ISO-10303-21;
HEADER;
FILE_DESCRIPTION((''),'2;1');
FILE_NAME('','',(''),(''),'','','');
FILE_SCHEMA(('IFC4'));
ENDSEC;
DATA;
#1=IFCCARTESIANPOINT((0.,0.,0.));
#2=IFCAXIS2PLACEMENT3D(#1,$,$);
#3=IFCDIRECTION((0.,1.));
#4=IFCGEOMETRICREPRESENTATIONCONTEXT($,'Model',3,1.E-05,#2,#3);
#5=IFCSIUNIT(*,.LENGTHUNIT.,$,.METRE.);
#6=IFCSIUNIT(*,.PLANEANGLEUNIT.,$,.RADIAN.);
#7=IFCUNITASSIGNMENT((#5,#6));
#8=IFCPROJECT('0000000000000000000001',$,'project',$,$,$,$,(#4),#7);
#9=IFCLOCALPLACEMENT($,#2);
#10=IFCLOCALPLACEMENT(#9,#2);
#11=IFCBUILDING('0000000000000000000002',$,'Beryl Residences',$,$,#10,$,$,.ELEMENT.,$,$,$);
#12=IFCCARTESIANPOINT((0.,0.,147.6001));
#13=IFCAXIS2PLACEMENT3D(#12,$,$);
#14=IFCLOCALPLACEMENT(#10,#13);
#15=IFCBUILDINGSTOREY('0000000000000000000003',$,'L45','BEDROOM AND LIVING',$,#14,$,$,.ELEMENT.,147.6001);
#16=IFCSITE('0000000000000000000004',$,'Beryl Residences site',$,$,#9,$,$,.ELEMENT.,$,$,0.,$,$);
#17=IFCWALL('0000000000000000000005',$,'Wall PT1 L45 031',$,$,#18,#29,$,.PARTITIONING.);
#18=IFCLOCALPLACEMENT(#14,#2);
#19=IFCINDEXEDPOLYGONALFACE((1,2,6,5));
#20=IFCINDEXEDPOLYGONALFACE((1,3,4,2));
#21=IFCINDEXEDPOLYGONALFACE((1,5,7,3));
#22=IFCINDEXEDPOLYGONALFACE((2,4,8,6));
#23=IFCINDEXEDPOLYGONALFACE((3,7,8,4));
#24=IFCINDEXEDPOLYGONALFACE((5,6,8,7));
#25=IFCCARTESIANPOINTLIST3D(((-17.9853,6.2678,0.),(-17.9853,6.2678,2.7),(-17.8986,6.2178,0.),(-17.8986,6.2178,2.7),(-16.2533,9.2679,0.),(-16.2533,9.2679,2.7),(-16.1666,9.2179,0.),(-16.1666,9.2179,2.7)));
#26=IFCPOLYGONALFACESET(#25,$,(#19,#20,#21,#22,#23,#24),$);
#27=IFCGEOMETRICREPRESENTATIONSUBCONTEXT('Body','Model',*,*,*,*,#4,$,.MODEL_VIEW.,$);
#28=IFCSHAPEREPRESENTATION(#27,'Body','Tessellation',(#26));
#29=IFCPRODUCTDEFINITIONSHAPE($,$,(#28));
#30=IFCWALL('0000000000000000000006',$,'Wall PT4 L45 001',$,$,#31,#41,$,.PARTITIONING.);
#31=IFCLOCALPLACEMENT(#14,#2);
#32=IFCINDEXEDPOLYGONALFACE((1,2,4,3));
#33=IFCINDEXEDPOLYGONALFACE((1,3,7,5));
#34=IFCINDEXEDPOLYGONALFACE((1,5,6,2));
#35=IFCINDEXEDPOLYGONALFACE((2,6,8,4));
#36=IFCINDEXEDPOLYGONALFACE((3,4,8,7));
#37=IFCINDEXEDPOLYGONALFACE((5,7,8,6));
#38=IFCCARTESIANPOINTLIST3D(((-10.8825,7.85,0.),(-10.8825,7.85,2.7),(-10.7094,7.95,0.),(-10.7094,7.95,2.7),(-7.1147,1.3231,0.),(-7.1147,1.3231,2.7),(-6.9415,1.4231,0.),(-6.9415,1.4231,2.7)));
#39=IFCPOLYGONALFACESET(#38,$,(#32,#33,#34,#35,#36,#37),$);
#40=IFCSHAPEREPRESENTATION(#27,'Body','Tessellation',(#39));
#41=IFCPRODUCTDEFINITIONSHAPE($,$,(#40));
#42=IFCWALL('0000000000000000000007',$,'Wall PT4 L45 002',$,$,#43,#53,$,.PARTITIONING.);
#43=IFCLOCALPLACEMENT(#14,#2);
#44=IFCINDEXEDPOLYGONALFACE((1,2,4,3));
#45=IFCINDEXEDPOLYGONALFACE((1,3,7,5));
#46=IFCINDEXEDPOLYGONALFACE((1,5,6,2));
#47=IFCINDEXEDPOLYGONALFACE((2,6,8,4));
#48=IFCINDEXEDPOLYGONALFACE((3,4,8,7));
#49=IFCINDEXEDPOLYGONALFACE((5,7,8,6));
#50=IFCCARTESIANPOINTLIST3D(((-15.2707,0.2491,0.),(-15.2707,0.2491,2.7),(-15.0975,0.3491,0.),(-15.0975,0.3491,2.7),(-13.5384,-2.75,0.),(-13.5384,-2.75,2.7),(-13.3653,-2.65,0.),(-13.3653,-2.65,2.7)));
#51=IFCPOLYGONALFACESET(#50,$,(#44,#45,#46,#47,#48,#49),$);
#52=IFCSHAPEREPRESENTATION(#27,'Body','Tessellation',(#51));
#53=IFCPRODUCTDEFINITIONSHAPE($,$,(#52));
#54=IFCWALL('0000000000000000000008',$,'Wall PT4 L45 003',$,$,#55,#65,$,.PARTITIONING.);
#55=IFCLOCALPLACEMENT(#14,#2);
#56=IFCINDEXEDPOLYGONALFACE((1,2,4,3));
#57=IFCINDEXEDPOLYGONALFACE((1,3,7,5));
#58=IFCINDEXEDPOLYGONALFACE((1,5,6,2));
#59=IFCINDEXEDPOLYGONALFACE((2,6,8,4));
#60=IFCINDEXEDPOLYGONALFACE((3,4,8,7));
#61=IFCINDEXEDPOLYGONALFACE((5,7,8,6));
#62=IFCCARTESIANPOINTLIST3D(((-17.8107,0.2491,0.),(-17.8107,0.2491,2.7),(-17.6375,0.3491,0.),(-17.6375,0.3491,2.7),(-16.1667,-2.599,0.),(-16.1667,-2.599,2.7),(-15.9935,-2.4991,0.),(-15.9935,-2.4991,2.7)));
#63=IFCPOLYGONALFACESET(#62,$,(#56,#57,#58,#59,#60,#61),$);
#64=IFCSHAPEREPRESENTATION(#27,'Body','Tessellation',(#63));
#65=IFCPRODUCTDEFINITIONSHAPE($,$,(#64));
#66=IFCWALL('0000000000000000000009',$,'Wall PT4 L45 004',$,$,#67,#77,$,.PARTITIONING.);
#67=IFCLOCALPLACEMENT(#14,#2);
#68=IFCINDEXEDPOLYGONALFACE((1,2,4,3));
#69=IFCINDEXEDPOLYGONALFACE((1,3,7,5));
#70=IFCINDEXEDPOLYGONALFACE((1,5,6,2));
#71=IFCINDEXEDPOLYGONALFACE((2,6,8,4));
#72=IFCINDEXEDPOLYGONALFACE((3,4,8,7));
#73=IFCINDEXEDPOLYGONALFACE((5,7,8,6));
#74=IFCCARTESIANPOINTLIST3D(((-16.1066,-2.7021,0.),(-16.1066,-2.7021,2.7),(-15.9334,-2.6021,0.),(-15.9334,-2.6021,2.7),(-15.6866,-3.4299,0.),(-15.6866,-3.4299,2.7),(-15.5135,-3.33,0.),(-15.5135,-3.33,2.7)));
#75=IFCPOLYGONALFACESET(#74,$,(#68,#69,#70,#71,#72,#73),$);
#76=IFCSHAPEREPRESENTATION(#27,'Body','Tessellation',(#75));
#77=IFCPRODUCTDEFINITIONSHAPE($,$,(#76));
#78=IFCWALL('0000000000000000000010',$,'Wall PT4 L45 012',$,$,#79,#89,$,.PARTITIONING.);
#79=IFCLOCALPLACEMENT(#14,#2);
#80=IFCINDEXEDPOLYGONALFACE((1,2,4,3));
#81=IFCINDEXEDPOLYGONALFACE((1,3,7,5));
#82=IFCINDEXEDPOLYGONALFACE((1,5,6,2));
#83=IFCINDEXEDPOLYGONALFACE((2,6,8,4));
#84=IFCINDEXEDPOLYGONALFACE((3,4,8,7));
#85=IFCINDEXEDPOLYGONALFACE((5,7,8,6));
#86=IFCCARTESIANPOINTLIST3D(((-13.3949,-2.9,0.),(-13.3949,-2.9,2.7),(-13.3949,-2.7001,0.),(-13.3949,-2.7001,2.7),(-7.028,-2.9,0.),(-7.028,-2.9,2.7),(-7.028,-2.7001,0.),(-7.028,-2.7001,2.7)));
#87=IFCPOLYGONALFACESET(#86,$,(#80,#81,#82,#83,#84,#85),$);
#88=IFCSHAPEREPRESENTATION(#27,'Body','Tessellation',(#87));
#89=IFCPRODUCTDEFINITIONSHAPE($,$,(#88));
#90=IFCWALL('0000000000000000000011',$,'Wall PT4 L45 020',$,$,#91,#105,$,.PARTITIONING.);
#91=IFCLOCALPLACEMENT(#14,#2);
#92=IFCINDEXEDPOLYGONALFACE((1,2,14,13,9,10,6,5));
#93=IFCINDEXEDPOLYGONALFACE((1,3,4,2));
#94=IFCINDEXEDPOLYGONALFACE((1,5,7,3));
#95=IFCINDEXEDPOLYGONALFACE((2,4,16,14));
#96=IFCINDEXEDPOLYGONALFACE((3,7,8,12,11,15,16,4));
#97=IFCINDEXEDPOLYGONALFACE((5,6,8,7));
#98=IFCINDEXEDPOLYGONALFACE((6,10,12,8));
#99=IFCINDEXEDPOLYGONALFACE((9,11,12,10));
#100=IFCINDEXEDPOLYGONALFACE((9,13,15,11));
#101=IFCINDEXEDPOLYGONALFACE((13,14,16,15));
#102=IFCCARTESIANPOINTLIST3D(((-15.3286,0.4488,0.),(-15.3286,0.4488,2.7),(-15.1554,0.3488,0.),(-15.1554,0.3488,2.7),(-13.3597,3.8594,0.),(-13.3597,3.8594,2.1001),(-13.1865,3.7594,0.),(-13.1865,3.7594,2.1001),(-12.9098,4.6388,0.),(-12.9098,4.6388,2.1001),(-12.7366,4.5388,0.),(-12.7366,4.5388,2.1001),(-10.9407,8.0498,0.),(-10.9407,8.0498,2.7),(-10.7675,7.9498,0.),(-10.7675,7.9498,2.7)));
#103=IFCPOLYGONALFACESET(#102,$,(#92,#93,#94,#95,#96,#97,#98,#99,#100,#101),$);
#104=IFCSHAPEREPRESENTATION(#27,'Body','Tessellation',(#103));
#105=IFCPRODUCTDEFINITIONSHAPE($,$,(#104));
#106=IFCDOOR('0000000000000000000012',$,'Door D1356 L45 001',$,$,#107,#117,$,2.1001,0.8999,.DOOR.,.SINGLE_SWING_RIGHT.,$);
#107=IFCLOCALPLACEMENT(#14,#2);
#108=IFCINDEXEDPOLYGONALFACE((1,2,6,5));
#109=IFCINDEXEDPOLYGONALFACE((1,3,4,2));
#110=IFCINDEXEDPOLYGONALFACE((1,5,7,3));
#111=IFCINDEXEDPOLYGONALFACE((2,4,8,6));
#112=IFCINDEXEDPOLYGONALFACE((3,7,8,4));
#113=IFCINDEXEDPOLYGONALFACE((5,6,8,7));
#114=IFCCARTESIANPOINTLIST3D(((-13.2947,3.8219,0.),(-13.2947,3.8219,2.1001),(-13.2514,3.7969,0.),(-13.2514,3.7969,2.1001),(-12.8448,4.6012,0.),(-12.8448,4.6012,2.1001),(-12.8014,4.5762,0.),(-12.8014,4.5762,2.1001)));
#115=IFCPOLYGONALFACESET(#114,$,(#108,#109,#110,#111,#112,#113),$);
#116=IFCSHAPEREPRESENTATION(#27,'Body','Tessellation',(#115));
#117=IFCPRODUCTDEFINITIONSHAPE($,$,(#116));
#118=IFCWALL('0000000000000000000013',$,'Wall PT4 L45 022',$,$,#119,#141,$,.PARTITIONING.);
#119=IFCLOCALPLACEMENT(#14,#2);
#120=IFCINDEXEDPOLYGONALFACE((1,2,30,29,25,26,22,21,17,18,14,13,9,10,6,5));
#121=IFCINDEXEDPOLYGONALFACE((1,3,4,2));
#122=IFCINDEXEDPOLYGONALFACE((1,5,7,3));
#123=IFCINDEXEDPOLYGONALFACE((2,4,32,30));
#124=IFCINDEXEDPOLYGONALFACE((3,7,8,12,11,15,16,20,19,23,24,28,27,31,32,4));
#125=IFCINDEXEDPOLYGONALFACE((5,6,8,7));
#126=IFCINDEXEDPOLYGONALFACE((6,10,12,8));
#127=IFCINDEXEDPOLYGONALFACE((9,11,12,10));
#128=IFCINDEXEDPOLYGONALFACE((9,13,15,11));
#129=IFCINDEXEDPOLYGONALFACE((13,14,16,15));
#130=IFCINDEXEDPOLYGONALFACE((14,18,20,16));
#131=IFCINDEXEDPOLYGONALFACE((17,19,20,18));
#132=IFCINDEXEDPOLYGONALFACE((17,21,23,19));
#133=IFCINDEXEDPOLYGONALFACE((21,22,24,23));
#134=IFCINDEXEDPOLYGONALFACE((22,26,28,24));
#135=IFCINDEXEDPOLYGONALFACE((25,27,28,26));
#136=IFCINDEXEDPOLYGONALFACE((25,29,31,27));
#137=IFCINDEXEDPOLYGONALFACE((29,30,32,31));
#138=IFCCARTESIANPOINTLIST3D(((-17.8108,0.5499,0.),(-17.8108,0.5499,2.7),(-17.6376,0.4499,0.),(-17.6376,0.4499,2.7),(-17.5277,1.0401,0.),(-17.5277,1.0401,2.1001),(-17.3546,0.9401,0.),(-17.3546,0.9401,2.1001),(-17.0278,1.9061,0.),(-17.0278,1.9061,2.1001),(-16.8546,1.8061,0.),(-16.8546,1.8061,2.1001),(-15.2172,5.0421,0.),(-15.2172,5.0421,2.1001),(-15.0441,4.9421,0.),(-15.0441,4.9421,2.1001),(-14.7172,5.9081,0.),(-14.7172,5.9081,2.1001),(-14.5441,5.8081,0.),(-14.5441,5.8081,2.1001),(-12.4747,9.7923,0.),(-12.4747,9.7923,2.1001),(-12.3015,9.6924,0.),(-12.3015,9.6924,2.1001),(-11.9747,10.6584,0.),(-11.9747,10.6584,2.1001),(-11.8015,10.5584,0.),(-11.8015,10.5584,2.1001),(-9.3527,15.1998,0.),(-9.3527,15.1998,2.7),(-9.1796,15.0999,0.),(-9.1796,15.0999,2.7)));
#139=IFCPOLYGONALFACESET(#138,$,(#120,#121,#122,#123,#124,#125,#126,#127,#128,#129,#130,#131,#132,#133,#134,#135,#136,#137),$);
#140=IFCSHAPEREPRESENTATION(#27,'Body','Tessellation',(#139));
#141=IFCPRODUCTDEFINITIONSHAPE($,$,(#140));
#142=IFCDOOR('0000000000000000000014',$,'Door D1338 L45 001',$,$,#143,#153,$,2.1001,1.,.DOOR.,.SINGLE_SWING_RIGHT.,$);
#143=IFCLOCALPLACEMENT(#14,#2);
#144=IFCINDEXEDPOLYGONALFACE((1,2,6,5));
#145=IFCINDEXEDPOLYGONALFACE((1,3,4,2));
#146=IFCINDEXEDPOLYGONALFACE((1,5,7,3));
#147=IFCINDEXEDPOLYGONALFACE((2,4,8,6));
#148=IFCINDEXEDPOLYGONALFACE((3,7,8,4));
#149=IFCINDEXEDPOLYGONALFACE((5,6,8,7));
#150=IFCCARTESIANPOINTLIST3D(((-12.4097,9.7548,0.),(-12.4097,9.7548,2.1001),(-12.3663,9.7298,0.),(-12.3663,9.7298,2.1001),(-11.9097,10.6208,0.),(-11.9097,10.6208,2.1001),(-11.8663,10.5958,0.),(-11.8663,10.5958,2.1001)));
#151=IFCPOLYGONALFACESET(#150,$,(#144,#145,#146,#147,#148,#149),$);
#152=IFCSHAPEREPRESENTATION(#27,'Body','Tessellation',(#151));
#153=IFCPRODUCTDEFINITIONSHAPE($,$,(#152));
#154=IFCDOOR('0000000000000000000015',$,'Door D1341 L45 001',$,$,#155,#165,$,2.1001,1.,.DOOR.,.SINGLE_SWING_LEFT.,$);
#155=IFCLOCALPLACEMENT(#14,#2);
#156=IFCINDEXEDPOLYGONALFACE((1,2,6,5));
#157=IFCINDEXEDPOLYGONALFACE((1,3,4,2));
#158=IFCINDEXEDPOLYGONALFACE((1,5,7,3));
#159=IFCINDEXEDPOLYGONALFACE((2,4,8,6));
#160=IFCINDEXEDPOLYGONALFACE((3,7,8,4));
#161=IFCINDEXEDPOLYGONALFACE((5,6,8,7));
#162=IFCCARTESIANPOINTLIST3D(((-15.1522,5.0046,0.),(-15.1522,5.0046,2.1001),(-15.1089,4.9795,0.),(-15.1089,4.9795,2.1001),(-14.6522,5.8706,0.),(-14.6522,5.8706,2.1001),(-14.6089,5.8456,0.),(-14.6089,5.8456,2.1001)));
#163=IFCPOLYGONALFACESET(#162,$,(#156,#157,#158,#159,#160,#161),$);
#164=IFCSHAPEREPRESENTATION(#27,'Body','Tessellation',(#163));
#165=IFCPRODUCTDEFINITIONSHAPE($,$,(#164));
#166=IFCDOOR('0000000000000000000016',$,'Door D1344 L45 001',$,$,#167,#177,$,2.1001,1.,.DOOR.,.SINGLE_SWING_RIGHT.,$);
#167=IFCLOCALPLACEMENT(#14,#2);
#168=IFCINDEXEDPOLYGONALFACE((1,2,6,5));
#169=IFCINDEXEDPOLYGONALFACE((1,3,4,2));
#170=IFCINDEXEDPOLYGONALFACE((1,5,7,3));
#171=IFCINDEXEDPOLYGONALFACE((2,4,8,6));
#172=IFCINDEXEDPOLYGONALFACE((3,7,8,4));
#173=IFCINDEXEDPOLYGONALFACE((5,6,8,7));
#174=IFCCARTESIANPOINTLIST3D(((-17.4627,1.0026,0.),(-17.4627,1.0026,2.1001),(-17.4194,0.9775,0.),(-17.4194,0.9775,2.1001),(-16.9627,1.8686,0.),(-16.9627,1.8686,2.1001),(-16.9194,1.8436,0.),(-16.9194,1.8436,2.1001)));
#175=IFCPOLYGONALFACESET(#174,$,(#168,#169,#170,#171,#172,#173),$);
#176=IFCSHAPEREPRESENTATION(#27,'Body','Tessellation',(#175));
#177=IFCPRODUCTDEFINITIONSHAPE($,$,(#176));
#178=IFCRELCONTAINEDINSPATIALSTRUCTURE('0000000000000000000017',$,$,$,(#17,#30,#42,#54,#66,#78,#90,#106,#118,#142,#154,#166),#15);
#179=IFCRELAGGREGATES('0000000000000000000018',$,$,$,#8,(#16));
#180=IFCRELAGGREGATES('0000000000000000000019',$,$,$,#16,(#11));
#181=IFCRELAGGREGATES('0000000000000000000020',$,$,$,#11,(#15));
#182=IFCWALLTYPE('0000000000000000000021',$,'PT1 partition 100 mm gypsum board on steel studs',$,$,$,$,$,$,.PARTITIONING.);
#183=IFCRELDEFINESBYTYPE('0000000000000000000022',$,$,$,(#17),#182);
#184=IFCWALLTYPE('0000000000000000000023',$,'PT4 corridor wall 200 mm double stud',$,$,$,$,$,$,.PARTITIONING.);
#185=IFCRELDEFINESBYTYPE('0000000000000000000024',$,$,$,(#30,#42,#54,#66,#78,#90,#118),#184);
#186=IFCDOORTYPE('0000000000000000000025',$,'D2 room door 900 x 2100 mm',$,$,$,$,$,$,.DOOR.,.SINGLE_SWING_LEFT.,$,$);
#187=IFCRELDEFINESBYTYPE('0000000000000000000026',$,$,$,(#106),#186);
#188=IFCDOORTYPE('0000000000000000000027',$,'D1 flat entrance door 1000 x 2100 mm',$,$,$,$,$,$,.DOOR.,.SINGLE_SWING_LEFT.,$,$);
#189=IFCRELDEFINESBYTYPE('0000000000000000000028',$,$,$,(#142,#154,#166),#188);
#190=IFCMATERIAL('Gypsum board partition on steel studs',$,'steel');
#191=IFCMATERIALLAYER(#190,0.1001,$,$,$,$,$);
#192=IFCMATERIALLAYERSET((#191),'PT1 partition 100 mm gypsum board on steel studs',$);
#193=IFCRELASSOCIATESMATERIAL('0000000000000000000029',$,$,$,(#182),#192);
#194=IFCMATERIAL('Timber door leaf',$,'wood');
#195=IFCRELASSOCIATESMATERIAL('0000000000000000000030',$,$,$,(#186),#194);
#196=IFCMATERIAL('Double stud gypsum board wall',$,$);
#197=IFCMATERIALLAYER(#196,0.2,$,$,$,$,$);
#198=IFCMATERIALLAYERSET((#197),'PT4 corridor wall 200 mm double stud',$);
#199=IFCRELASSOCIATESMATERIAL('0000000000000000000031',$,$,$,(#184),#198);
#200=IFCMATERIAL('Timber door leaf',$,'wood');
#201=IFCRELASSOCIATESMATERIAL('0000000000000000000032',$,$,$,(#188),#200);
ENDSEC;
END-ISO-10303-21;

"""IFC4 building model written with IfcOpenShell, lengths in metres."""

from ifc_helpers import new_model, si_unit, direction, frame, frame_2d, origin, place, context, subcontext, project, spatial, rectangle, extrude, material, layer, layer_set, type_object, element, fill, save


model = new_model("IFC4")

# Units and contexts
model_context = context("Model", 3, precision=1e-05, world=origin(), true_north=direction((0.0, 1.0)))
body_context = subcontext(model_context, "Body", "Model", "MODEL_VIEW")
ifc_project = project(units=[si_unit("LENGTHUNIT", "METRE"), si_unit("PLANEANGLEUNIT", "RADIAN")], contexts=[model_context])

# Site, building, storey
site_placement = place(None, origin())
site = spatial("IfcSite", under=ifc_project, at=site_placement, Name="Beryl Residences site", CompositionType="ELEMENT", RefElevation=0.0)
building_placement = place(site_placement, origin())
building = spatial("IfcBuilding", under=site, at=building_placement, Name="Beryl Residences", CompositionType="ELEMENT")
storey_placement = place(building_placement, frame((0.0, 0.0, 147.6001)))
storey = spatial("IfcBuildingStorey", under=building, at=storey_placement, Name="L45", Description="BEDROOM AND LIVING", CompositionType="ELEMENT", Elevation=147.6001)

# Shared definitions
ifc_material_1 = material(Name="Gypsum board partition on steel studs", Category="steel")
ifc_layer_1 = layer(ifc_material_1, 0.1001)
ifc_layer_set_1 = layer_set([ifc_layer_1], Name="PT1 partition 100 mm gypsum board on steel studs")
wall_type_1 = type_object("IfcWallType", Name="PT1 partition 100 mm gypsum board on steel studs", PredefinedType="PARTITIONING", material=ifc_layer_set_1)
ifc_material_2 = material(Name="Timber door leaf", Category="wood")
door_type_1 = type_object("IfcDoorType", Name="D2 room door 900 x 2100 mm", OperationType="SINGLE_SWING_LEFT", PredefinedType="DOOR", material=ifc_material_2)

# Walls
wall_1_placement = place(storey_placement, frame((-17.9419, 6.2429, 0.0), z_axis=(0.0, 0.0, 1.0), x_axis=(0.499975, 0.86604, 0.0)))
element("IfcWall", 1, at=wall_1_placement, inside=storey, type_object=wall_type_1, Name="Wall PT1 L45 031", PredefinedType="PARTITIONING", context=body_context, shape_type="SweptSolid", body=[
    extrude(rectangle(XDim=3.4641, YDim=0.1001, at=frame_2d((1.7319, 0.0))), origin(), (0.0, 0.0, 1.0), 2.7),
])
ifc_material_3 = material(Name="Double stud gypsum board wall")
ifc_layer_2 = layer(ifc_material_3, 0.2)
ifc_layer_set_2 = layer_set([ifc_layer_2], Name="PT4 corridor wall 200 mm double stud")
wall_type_2 = type_object("IfcWallType", Name="PT4 corridor wall 200 mm double stud", PredefinedType="PARTITIONING", material=ifc_layer_set_2)
wall_2_placement = place(storey_placement, frame((-10.7959, 7.8999, 0.0), z_axis=(0.0, 0.0, 1.0), x_axis=(0.499954, -0.866052, 0.0)))
element("IfcWall", 2, at=wall_2_placement, inside=storey, type_object=wall_type_2, Name="Wall PT4 L45 001", PredefinedType="PARTITIONING", context=body_context, shape_type="SweptSolid", body=[
    extrude(rectangle(XDim=7.5364, YDim=0.2, at=frame_2d((3.7681, 0.0))), origin(), (0.0, 0.0, 1.0), 2.7),
])
wall_3_placement = place(storey_placement, frame((-15.1841, 0.2991, 0.0), z_axis=(0.0, 0.0, 1.0), x_axis=(0.50015, -0.865939, 0.0)))
element("IfcWall", 3, at=wall_3_placement, inside=storey, type_object=wall_type_2, Name="Wall PT4 L45 002", PredefinedType="PARTITIONING", context=body_context, shape_type="SweptSolid", body=[
    extrude(rectangle(XDim=3.4634, YDim=0.2, at=frame_2d((1.7317, 0.0))), origin(), (0.0, 0.0, 1.0), 2.7),
])
wall_4_placement = place(storey_placement, frame((-17.7241, 0.2991, 0.0), z_axis=(0.0, 0.0, 1.0), x_axis=(0.499924, -0.866069, 0.0)))
element("IfcWall", 4, at=wall_4_placement, inside=storey, type_object=wall_type_2, Name="Wall PT4 L45 003", PredefinedType="PARTITIONING", context=body_context, shape_type="SweptSolid", body=[
    extrude(rectangle(XDim=3.2886, YDim=0.2, at=frame_2d((1.6443, 0.0))), origin(), (0.0, 0.0, 1.0), 2.7),
])
wall_5_placement = place(storey_placement, frame((-16.02, -2.6521, 0.0), z_axis=(0.0, 0.0, 1.0), x_axis=(0.499764, -0.866161, 0.0)))
element("IfcWall", 5, at=wall_5_placement, inside=storey, type_object=wall_type_2, Name="Wall PT4 L45 004", PredefinedType="PARTITIONING", context=body_context, shape_type="SweptSolid", body=[
    extrude(rectangle(XDim=0.8403, YDim=0.2, at=frame_2d((0.4202, 0.0))), origin(), (0.0, 0.0, 1.0), 2.7),
])
wall_6_placement = place(storey_placement, frame((-13.395, -2.8, 0.0), z_axis=(0.0, 0.0, 1.0), x_axis=(1.0, 0.0, 0.0)))
element("IfcWall", 6, at=wall_6_placement, inside=storey, type_object=wall_type_2, Name="Wall PT4 L45 012", PredefinedType="PARTITIONING", context=body_context, shape_type="SweptSolid", body=[
    extrude(rectangle(XDim=6.3669, YDim=0.2, at=frame_2d((3.1836, 0.0))), origin(), (0.0, 0.0, 1.0), 2.7),
])

# Wall, opening, door
wall_7_placement = place(storey_placement, frame((-15.2419, 0.3989, 0.0), z_axis=(0.0, 0.0, 1.0), x_axis=(0.499954, 0.866052, 0.0)))
wall_7 = element("IfcWall", 7, at=wall_7_placement, inside=storey, type_object=wall_type_2, Name="Wall PT4 L45 020", PredefinedType="PARTITIONING", context=body_context, shape_type="SweptSolid", body=[
    extrude(rectangle(XDim=8.7766, YDim=0.2, at=frame_2d((4.3882, 0.0))), origin(), (0.0, 0.0, 1.0), 2.7),
])
opening_1_placement = place(wall_7_placement, frame((3.938, 0.0, 0.0)))
opening_1 = element("IfcOpeningElement", 8, at=opening_1_placement, cuts=wall_7, PredefinedType="OPENING", context=body_context, shape_type="SweptSolid", body=[
    extrude(rectangle(XDim=0.8999, YDim=2.1001, at=frame_2d((0.45, 1.05))), frame((0.0, 0.1099, 0.0), z_axis=(0.0, -1.0, 0.0), x_axis=(1.0, 0.0, 0.0)), (0.0, 0.0, 1.0), 0.22),
])
door_1_placement = place(opening_1_placement, origin())
door_1 = element("IfcDoor", 9, at=door_1_placement, inside=storey, type_object=door_type_1, Name="Door D1356 L45 001", OperationType="SINGLE_SWING_RIGHT", OverallHeight=2.1001, OverallWidth=0.8999, PredefinedType="DOOR", context=body_context, shape_type="SweptSolid", body=[
    extrude(rectangle(XDim=0.8999, YDim=2.1001, at=frame_2d((0.45, 1.05))), frame((0.0, 0.0249, 0.0), z_axis=(0.0, -1.0, 0.0), x_axis=(1.0, 0.0, 0.0)), (0.0, 0.0, 1.0), 0.05),
])
fill(opening_1, door_1)

# Wall, openings, doors
wall_8_placement = place(storey_placement, frame((-17.7241, 0.5, 0.0), z_axis=(0.0, 0.0, 1.0), x_axis=(0.499995, 0.866028, 0.0)))
wall_8 = element("IfcWall", 10, at=wall_8_placement, inside=storey, type_object=wall_type_2, Name="Wall PT4 L45 022", PredefinedType="PARTITIONING", context=body_context, shape_type="SweptSolid", body=[
    extrude(rectangle(XDim=16.9163, YDim=0.2, at=frame_2d((8.458, 0.0))), origin(), (0.0, 0.0, 1.0), 2.7),
])
opening_2_placement = place(wall_8_placement, frame((10.6721, 0.0, 0.0)))
opening_2 = element("IfcOpeningElement", 11, at=opening_2_placement, cuts=wall_8, PredefinedType="OPENING", context=body_context, shape_type="SweptSolid", body=[
    extrude(rectangle(XDim=1.0, YDim=2.1001, at=frame_2d((0.5, 1.05))), frame((0.0, 0.1099, 0.0), z_axis=(0.0, -1.0, 0.0), x_axis=(1.0, 0.0, 0.0)), (0.0, 0.0, 1.0), 0.22),
])
opening_3_placement = place(wall_8_placement, frame((5.187, 0.0, 0.0)))
opening_3 = element("IfcOpeningElement", 12, at=opening_3_placement, cuts=wall_8, PredefinedType="OPENING", context=body_context, shape_type="SweptSolid", body=[
    extrude(rectangle(XDim=1.0, YDim=2.1001, at=frame_2d((0.5, 1.05))), frame((0.0, 0.1099, 0.0), z_axis=(0.0, -1.0, 0.0), x_axis=(1.0, 0.0, 0.0)), (0.0, 0.0, 1.0), 0.22),
])
opening_4_placement = place(wall_8_placement, frame((0.5659, 0.0, 0.0)))
opening_4 = element("IfcOpeningElement", 13, at=opening_4_placement, cuts=wall_8, PredefinedType="OPENING", context=body_context, shape_type="SweptSolid", body=[
    extrude(rectangle(XDim=1.0, YDim=2.1001, at=frame_2d((0.5, 1.05))), frame((0.0, 0.1099, 0.0), z_axis=(0.0, -1.0, 0.0), x_axis=(1.0, 0.0, 0.0)), (0.0, 0.0, 1.0), 0.22),
])
ifc_material_4 = material(Name="Timber door leaf", Category="wood")
door_type_2 = type_object("IfcDoorType", Name="D1 flat entrance door 1000 x 2100 mm", OperationType="SINGLE_SWING_LEFT", PredefinedType="DOOR", material=ifc_material_4)
door_2_placement = place(opening_2_placement, origin())
door_2 = element("IfcDoor", 14, at=door_2_placement, inside=storey, type_object=door_type_2, Name="Door D1338 L45 001", OperationType="SINGLE_SWING_RIGHT", OverallHeight=2.1001, OverallWidth=1.0, PredefinedType="DOOR", context=body_context, shape_type="SweptSolid", body=[
    extrude(rectangle(XDim=1.0, YDim=2.1001, at=frame_2d((0.5, 1.05))), frame((0.0, 0.0249, 0.0), z_axis=(0.0, -1.0, 0.0), x_axis=(1.0, 0.0, 0.0)), (0.0, 0.0, 1.0), 0.05),
])
fill(opening_2, door_2)
door_3_placement = place(opening_3_placement, origin())
door_3 = element("IfcDoor", 15, at=door_3_placement, inside=storey, type_object=door_type_2, Name="Door D1341 L45 001", OperationType="SINGLE_SWING_LEFT", OverallHeight=2.1001, OverallWidth=1.0, PredefinedType="DOOR", context=body_context, shape_type="SweptSolid", body=[
    extrude(rectangle(XDim=1.0, YDim=2.1001, at=frame_2d((0.5, 1.05))), frame((0.0, 0.0249, 0.0), z_axis=(0.0, -1.0, 0.0), x_axis=(1.0, 0.0, 0.0)), (0.0, 0.0, 1.0), 0.05),
])
fill(opening_3, door_3)
door_4_placement = place(opening_4_placement, origin())
door_4 = element("IfcDoor", 16, at=door_4_placement, inside=storey, type_object=door_type_2, Name="Door D1344 L45 001", OperationType="SINGLE_SWING_RIGHT", OverallHeight=2.1001, OverallWidth=1.0, PredefinedType="DOOR", context=body_context, shape_type="SweptSolid", body=[
    extrude(rectangle(XDim=1.0, YDim=2.1001, at=frame_2d((0.5, 1.05))), frame((0.0, 0.0249, 0.0), z_axis=(0.0, -1.0, 0.0), x_axis=(1.0, 0.0, 0.0)), (0.0, 0.0, 1.0), 0.05),
])
fill(opening_4, door_4)

save(model, "model.ifc")
